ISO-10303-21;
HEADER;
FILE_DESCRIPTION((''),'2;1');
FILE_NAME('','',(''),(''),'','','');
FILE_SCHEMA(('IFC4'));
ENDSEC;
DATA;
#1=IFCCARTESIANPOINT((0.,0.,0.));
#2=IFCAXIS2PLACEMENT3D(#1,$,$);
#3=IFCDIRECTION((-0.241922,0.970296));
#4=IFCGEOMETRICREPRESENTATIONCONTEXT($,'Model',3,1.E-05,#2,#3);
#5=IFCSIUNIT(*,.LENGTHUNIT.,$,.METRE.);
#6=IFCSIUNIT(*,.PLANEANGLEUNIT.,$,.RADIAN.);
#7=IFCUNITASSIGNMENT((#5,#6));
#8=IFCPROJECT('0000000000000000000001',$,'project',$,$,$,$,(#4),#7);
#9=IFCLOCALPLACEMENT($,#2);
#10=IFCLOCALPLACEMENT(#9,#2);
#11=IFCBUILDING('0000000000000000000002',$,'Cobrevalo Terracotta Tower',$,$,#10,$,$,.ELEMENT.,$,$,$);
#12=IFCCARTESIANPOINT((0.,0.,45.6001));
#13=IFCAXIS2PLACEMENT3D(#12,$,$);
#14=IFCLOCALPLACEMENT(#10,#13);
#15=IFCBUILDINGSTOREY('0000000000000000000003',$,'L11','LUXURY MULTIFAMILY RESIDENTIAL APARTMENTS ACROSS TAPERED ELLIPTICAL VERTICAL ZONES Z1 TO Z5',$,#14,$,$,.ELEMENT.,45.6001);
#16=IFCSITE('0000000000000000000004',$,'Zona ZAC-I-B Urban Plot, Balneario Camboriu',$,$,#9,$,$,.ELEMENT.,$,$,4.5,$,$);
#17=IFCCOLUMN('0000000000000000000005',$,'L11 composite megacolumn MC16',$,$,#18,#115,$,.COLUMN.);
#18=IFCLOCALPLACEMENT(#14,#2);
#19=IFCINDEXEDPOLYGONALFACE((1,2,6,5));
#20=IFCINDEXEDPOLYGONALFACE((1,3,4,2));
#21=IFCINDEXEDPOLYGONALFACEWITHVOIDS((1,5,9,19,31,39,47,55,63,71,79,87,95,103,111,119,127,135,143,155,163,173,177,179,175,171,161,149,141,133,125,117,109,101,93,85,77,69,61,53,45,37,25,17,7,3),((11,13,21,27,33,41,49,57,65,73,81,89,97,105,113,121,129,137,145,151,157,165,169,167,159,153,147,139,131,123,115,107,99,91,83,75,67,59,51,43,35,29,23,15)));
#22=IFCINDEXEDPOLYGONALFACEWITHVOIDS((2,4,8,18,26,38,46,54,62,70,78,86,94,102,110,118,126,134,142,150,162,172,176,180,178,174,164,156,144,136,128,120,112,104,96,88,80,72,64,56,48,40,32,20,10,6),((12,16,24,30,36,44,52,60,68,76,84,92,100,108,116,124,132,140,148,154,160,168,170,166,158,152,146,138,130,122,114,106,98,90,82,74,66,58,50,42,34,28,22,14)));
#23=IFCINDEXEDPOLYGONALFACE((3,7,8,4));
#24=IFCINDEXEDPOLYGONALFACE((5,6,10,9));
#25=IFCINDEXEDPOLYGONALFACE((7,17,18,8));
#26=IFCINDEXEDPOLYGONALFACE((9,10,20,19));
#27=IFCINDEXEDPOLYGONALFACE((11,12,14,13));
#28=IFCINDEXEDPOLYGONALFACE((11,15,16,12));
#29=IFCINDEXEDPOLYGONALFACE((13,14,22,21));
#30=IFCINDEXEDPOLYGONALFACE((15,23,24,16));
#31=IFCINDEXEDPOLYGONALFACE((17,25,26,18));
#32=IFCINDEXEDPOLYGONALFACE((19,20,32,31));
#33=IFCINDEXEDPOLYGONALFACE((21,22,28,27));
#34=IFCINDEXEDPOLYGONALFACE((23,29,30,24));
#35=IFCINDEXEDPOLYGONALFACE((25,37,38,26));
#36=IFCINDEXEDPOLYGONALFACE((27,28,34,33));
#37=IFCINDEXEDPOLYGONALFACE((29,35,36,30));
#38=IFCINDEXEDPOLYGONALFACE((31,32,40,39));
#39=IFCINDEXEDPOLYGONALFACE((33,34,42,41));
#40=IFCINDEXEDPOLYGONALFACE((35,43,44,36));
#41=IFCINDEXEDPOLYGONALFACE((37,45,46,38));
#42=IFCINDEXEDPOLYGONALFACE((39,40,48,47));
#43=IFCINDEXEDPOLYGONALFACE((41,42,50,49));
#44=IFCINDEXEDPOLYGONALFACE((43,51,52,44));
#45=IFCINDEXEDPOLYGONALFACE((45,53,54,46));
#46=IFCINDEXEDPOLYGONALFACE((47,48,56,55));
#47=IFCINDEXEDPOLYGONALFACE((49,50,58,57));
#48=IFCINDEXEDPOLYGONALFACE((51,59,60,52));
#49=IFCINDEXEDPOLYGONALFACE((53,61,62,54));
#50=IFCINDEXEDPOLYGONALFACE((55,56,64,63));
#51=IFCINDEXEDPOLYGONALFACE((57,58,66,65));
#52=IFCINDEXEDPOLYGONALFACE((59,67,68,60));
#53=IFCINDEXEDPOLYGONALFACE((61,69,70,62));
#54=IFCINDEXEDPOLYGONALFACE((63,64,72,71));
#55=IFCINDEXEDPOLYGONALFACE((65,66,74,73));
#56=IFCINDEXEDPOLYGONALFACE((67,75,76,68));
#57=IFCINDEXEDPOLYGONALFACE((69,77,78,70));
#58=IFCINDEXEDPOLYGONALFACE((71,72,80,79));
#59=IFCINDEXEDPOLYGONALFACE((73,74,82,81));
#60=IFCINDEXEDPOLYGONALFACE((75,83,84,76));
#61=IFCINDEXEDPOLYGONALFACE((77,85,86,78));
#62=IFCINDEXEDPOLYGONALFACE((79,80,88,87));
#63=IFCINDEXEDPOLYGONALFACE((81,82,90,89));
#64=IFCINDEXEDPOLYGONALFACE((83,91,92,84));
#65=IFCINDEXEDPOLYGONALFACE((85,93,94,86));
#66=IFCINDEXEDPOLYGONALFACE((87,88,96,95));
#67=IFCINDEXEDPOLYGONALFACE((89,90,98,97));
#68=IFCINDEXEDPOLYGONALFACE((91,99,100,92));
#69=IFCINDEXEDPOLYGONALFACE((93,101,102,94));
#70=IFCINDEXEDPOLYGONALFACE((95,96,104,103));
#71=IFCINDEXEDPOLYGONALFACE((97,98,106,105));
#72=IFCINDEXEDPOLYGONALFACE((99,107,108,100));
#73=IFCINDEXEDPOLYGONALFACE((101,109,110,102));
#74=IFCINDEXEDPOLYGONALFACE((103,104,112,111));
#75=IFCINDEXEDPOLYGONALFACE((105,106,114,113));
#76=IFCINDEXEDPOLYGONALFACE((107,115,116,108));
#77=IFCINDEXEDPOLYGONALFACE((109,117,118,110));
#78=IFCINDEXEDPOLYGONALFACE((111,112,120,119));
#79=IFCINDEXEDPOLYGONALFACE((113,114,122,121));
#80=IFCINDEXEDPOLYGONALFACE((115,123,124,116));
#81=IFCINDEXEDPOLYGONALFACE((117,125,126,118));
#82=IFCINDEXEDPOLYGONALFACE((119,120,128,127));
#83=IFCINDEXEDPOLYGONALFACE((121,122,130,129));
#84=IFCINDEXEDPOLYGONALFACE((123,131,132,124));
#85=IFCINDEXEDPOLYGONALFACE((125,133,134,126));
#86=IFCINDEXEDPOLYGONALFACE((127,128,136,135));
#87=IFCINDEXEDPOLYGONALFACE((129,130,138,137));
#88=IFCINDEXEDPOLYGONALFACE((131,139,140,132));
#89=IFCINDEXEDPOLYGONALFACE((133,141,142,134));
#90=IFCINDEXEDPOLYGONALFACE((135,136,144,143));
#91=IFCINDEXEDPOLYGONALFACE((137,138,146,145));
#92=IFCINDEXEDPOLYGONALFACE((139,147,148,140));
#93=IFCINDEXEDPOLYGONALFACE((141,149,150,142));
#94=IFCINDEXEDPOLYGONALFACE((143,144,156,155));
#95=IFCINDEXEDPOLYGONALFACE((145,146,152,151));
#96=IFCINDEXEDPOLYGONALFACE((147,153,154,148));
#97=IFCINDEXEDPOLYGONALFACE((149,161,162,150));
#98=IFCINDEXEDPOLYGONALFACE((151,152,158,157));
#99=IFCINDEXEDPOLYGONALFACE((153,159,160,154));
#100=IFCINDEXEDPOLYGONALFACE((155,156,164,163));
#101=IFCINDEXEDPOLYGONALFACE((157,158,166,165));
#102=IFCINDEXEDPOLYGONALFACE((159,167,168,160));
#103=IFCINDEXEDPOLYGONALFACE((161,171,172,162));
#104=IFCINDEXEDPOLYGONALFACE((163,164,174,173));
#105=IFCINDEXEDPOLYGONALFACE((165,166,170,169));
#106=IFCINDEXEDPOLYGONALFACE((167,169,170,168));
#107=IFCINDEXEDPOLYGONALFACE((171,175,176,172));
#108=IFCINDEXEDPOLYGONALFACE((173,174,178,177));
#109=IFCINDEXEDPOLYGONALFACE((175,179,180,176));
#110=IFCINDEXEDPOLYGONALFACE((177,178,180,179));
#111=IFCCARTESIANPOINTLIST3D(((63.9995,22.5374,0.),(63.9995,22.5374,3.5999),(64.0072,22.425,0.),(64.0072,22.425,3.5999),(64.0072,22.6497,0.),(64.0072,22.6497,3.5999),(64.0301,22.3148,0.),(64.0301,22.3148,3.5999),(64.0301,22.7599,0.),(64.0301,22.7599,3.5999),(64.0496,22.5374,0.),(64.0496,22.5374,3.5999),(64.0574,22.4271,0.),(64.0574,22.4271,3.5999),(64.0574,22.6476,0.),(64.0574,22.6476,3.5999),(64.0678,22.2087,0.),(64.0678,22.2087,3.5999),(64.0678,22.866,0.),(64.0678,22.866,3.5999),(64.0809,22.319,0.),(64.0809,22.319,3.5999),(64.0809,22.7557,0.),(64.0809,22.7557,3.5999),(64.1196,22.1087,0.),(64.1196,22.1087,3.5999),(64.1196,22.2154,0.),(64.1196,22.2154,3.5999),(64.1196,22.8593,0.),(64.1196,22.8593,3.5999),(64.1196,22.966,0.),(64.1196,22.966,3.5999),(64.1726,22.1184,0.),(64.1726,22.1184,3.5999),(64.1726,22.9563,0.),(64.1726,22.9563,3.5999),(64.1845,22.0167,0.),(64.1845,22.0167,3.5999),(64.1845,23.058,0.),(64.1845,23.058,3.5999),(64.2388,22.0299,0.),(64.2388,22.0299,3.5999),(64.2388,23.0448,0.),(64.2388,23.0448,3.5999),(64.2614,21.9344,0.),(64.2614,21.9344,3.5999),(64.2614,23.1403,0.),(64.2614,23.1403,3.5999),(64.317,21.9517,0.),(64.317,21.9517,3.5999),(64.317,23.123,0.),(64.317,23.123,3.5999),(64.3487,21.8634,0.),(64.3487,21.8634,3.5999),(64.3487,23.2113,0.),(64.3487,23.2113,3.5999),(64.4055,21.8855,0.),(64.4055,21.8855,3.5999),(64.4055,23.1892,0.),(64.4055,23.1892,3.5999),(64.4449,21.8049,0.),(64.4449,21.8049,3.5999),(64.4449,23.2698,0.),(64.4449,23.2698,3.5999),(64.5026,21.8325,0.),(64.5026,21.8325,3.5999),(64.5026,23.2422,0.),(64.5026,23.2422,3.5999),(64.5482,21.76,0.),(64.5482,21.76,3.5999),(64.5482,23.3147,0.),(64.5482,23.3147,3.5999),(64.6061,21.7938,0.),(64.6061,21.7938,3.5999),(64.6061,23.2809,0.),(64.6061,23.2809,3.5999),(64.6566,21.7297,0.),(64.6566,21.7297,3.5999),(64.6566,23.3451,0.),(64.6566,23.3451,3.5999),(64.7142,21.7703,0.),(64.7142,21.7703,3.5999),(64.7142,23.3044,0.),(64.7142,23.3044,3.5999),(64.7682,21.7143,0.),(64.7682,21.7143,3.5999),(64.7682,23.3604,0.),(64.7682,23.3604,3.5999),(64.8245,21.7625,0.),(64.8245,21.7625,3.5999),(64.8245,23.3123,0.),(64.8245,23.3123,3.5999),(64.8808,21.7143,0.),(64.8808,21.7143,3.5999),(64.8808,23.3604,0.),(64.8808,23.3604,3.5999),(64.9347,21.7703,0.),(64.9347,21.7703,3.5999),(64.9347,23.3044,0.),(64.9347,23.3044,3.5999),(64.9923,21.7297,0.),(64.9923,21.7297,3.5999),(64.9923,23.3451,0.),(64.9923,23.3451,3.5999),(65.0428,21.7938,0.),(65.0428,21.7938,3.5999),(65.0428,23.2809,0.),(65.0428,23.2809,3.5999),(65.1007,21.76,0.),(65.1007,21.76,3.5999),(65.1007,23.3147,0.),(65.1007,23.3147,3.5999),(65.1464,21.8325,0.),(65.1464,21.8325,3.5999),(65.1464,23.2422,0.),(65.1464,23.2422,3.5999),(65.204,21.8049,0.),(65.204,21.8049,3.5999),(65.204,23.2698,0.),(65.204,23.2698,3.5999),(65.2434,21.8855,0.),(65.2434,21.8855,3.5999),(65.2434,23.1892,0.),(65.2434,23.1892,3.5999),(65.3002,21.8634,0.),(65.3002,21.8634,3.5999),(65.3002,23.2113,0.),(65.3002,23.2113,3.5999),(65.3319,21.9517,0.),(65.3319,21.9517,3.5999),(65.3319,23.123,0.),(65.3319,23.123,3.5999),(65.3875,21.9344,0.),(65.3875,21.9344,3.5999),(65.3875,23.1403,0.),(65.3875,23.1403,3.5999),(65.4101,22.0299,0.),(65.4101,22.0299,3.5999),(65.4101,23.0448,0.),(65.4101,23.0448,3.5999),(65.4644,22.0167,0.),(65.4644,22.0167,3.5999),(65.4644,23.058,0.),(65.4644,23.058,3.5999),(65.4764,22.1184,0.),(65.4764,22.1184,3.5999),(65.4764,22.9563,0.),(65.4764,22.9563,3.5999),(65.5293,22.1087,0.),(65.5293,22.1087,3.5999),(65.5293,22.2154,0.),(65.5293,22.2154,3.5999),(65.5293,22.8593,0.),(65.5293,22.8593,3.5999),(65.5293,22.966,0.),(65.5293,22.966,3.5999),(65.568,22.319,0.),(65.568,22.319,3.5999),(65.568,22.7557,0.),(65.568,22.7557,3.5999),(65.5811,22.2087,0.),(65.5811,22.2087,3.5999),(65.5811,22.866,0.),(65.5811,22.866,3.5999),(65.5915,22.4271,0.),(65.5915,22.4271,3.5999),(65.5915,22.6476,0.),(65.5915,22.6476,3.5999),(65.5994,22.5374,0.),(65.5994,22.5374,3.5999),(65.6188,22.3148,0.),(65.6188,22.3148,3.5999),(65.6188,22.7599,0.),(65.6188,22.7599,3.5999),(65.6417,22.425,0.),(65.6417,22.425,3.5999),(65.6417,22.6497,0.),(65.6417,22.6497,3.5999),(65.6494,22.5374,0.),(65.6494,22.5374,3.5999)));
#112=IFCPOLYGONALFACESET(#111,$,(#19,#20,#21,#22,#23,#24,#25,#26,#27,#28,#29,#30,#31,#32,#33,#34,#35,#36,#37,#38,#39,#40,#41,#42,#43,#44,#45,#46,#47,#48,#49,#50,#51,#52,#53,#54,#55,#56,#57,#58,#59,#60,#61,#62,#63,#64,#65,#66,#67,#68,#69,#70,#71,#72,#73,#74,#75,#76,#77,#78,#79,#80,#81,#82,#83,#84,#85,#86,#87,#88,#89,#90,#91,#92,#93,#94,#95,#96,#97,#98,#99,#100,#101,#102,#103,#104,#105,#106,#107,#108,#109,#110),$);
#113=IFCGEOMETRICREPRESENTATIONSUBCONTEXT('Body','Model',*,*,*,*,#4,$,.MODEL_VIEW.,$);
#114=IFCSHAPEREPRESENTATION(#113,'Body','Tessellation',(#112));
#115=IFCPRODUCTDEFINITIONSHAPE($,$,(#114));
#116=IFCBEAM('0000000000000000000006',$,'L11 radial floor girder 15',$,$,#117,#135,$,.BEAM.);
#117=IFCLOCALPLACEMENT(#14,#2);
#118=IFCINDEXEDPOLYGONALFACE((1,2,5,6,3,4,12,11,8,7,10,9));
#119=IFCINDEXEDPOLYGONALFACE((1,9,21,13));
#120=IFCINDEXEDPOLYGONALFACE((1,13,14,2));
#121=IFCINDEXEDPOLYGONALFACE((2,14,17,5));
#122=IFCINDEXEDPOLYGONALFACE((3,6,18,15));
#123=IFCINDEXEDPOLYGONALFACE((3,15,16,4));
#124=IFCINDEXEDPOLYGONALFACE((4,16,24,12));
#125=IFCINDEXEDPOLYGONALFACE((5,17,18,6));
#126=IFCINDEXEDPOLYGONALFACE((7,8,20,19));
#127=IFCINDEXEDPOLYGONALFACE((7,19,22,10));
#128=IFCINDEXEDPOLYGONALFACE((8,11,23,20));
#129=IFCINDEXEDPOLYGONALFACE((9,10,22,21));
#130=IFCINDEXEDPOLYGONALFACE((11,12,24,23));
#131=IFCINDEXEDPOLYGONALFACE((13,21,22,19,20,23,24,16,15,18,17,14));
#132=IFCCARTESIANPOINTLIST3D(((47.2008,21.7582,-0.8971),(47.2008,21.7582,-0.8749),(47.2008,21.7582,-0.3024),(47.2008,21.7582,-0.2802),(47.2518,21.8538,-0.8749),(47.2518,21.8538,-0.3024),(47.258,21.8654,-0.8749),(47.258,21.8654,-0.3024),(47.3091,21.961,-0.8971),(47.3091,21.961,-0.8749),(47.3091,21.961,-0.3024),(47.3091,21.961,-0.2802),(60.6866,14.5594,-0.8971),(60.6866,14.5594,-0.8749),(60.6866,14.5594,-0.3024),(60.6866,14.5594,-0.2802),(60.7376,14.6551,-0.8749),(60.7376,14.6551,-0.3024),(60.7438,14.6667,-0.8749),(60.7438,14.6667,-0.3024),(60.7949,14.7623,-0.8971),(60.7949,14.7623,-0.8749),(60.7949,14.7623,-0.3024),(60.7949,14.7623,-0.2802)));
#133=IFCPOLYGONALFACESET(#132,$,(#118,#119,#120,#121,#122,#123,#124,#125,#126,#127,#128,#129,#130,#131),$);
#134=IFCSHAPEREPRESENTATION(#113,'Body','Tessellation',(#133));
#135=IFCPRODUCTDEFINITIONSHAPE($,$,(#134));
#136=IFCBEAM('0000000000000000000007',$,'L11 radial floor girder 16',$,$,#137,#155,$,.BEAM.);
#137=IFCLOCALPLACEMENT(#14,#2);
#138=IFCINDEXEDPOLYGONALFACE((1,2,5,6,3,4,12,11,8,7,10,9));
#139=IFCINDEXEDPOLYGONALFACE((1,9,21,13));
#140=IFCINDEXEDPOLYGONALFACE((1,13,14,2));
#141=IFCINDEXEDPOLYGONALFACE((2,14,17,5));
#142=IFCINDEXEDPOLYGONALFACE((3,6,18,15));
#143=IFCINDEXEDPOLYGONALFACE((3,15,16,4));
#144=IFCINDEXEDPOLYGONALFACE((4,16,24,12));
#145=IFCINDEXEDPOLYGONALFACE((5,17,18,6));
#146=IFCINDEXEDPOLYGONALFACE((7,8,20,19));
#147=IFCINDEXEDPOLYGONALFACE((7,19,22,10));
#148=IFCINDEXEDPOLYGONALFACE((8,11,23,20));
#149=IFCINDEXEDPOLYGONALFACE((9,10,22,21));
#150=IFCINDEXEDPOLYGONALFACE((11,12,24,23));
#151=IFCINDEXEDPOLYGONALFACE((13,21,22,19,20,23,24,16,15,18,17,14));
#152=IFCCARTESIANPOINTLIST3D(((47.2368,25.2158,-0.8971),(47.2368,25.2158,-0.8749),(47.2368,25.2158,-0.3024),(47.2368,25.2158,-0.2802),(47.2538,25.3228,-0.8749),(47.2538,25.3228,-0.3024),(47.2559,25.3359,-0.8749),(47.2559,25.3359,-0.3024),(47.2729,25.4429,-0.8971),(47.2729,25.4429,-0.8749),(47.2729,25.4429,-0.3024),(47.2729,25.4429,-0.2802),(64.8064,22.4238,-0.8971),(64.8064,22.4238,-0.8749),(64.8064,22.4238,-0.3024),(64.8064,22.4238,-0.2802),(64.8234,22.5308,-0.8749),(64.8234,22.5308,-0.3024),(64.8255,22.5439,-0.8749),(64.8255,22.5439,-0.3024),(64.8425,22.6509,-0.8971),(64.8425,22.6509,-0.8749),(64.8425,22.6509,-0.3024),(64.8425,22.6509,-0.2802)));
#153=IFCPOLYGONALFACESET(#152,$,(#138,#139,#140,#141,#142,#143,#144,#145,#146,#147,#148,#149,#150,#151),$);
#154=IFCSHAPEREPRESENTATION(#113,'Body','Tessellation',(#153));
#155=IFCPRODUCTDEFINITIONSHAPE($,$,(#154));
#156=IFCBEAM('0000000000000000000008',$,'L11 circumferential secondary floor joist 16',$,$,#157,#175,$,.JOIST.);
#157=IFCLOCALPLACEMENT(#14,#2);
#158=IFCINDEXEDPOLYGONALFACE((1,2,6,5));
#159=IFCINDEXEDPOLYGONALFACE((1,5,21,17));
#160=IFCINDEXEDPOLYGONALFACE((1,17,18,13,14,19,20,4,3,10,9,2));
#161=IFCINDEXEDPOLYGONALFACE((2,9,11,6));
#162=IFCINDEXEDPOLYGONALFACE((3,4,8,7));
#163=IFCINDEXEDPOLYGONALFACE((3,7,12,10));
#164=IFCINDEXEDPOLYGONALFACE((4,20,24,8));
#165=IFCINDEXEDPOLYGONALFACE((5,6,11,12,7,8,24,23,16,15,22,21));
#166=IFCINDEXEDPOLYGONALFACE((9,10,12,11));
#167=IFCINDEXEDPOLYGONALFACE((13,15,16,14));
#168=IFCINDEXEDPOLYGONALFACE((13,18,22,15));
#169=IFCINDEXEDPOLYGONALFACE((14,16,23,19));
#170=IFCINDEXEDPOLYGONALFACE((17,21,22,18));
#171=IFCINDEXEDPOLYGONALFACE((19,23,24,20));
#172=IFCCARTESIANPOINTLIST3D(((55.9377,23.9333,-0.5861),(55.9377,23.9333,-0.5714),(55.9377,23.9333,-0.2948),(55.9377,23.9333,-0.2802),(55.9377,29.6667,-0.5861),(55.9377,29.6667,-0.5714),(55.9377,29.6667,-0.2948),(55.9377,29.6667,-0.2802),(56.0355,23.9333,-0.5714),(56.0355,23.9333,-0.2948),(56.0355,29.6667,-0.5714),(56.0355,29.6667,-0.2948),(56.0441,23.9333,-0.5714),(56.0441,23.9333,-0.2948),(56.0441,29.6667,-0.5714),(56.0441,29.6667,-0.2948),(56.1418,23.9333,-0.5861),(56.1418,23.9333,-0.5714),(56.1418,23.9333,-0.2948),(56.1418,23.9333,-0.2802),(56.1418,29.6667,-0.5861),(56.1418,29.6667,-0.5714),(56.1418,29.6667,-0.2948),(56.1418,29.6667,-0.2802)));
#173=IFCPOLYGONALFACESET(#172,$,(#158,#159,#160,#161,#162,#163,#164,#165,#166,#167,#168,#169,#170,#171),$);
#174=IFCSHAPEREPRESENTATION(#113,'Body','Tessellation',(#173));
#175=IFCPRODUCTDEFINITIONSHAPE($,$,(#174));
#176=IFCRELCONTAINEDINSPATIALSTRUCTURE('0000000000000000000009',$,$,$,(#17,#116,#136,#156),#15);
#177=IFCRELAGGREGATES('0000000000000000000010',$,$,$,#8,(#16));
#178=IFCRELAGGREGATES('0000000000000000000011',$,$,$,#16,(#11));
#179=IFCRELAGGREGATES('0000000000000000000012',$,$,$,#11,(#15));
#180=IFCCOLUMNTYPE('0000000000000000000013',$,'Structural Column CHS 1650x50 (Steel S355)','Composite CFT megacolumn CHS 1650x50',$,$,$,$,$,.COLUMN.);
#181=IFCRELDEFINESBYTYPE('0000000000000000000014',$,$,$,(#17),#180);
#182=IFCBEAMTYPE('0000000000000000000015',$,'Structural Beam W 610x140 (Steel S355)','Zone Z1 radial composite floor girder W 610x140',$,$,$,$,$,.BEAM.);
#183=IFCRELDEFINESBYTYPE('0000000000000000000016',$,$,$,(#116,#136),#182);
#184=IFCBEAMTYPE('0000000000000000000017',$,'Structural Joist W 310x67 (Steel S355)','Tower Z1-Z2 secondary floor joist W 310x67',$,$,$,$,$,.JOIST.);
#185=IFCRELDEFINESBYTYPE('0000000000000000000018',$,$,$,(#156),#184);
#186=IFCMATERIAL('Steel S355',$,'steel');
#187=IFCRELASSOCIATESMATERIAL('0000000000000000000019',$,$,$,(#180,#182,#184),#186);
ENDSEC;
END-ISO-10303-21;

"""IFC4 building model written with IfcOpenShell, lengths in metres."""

from ifc_helpers import new_model, si_unit, direction, frame, origin, origin_2d, place, context, subcontext, project, spatial, hollow_circle, i_section, extrude, material, material_profile, profile_set, type_object, element, save


model = new_model("IFC4")

# Units and contexts
model_context = context("Model", 3, precision=1e-05, world=origin(), true_north=direction((-0.241922, 0.970296)))
body_context = subcontext(model_context, "Body", "Model", "MODEL_VIEW")
ifc_project = project(units=[si_unit("LENGTHUNIT", "METRE"), si_unit("PLANEANGLEUNIT", "RADIAN")], contexts=[model_context])

# Site, building, storey
site_placement = place(None, origin())
site = spatial("IfcSite", under=ifc_project, at=site_placement, Name="Zona ZAC-I-B Urban Plot, Balneario Camboriu", CompositionType="ELEMENT", RefElevation=4.5)
building_placement = place(site_placement, origin())
building = spatial("IfcBuilding", under=site, at=building_placement, Name="Cobrevalo Terracotta Tower", CompositionType="ELEMENT")
storey_placement = place(building_placement, frame((0.0, 0.0, 45.6001)))
storey = spatial("IfcBuildingStorey", under=building, at=storey_placement, Name="L11", Description="LUXURY MULTIFAMILY RESIDENTIAL APARTMENTS ACROSS TAPERED ELLIPTICAL VERTICAL ZONES Z1 TO Z5", CompositionType="ELEMENT", Elevation=45.6001)

# Column
ifc_material_1 = material(Name="Steel S355", Category="steel")
ifc_material_profile_1 = material_profile(ifc_material_1, hollow_circle(Radius=0.825, WallThickness=0.05, at=origin_2d()), Name="CHS 1650x50")
ifc_profile_set_1 = profile_set([ifc_material_profile_1], Name="Steel S355")
column_type = type_object("IfcColumnType", Name="Structural Column CHS 1650x50 (Steel S355)", Description="Composite CFT megacolumn CHS 1650x50", PredefinedType="COLUMN", material=ifc_profile_set_1)
for number, where, z_axis, x_axis, name in (
    (1, (64.8245, 22.5374, 0.0), (0.0, 0.0, 1.0), (1.0, 0.0, 0.0), "L11 composite megacolumn MC16"),
):
    element("IfcColumn", number, at=place(storey_placement, frame(where, z_axis=z_axis, x_axis=x_axis)), inside=storey, type_object=column_type, Name=name, PredefinedType="COLUMN", context=body_context, shape_type="SweptSolid", body=[
        extrude(hollow_circle(Radius=0.825, WallThickness=0.05, at=origin_2d()), origin(), (0.0, 0.0, 1.0), 3.5999),
    ])

# Beams
ifc_material_profile_2 = material_profile(ifc_material_1, i_section(OverallWidth=0.23, OverallDepth=0.6169, WebThickness=0.0132, FlangeThickness=0.0222, at=origin_2d()), Name="W 610x140")
ifc_profile_set_2 = profile_set([ifc_material_profile_2], Name="Steel S355")
beam_type_1 = type_object("IfcBeamType", Name="Structural Beam W 610x140 (Steel S355)", Description="Zone Z1 radial composite floor girder W 610x140", PredefinedType="BEAM", material=ifc_profile_set_2)
beam_1_placement = place(storey_placement, frame((60.7407, 14.6609, -0.5886), z_axis=(-0.882182, 0.470908, 0.0), x_axis=(-0.470908, -0.882182, 0.0)))
element("IfcBeam", 2, at=beam_1_placement, inside=storey, type_object=beam_type_1, Name="L11 radial floor girder 15", PredefinedType="BEAM", context=body_context, shape_type="SweptSolid", body=[
    extrude(i_section(OverallWidth=0.23, OverallDepth=0.6169, WebThickness=0.0132, FlangeThickness=0.0222, at=origin_2d()), origin(), (0.0, 0.0, 1.0), 15.2869),
])
beam_2_placement = place(storey_placement, frame((64.8245, 22.5374, -0.5886), z_axis=(-0.987608, 0.156941, 0.0), x_axis=(-0.156941, -0.987608, 0.0)))
element("IfcBeam", 3, at=beam_2_placement, inside=storey, type_object=beam_type_1, Name="L11 radial floor girder 16", PredefinedType="BEAM", context=body_context, shape_type="SweptSolid", body=[
    extrude(i_section(OverallWidth=0.23, OverallDepth=0.6169, WebThickness=0.0132, FlangeThickness=0.0222, at=origin_2d()), origin(), (0.0, 0.0, 1.0), 17.79),
])
ifc_material_profile_3 = material_profile(ifc_material_1, i_section(OverallWidth=0.2041, OverallDepth=0.3059, WebThickness=0.0085, FlangeThickness=0.0146, at=origin_2d()), Name="W 310x67")
ifc_profile_set_3 = profile_set([ifc_material_profile_3], Name="Steel S355")
beam_type_2 = type_object("IfcBeamType", Name="Structural Joist W 310x67 (Steel S355)", Description="Tower Z1-Z2 secondary floor joist W 310x67", PredefinedType="JOIST", material=ifc_profile_set_3)
beam_3_placement = place(storey_placement, frame((56.0398, 23.9333, -0.4331), z_axis=(0.0, 1.0, 0.0), x_axis=(-1.0, 0.0, 0.0)))
element("IfcBeam", 4, at=beam_3_placement, inside=storey, type_object=beam_type_2, Name="L11 circumferential secondary floor joist 16", PredefinedType="JOIST", context=body_context, shape_type="SweptSolid", body=[
    extrude(i_section(OverallWidth=0.2041, OverallDepth=0.3059, WebThickness=0.0085, FlangeThickness=0.0146, at=origin_2d()), origin(), (0.0, 0.0, 1.0), 5.7334),
])

save(model, "model.ifc")
